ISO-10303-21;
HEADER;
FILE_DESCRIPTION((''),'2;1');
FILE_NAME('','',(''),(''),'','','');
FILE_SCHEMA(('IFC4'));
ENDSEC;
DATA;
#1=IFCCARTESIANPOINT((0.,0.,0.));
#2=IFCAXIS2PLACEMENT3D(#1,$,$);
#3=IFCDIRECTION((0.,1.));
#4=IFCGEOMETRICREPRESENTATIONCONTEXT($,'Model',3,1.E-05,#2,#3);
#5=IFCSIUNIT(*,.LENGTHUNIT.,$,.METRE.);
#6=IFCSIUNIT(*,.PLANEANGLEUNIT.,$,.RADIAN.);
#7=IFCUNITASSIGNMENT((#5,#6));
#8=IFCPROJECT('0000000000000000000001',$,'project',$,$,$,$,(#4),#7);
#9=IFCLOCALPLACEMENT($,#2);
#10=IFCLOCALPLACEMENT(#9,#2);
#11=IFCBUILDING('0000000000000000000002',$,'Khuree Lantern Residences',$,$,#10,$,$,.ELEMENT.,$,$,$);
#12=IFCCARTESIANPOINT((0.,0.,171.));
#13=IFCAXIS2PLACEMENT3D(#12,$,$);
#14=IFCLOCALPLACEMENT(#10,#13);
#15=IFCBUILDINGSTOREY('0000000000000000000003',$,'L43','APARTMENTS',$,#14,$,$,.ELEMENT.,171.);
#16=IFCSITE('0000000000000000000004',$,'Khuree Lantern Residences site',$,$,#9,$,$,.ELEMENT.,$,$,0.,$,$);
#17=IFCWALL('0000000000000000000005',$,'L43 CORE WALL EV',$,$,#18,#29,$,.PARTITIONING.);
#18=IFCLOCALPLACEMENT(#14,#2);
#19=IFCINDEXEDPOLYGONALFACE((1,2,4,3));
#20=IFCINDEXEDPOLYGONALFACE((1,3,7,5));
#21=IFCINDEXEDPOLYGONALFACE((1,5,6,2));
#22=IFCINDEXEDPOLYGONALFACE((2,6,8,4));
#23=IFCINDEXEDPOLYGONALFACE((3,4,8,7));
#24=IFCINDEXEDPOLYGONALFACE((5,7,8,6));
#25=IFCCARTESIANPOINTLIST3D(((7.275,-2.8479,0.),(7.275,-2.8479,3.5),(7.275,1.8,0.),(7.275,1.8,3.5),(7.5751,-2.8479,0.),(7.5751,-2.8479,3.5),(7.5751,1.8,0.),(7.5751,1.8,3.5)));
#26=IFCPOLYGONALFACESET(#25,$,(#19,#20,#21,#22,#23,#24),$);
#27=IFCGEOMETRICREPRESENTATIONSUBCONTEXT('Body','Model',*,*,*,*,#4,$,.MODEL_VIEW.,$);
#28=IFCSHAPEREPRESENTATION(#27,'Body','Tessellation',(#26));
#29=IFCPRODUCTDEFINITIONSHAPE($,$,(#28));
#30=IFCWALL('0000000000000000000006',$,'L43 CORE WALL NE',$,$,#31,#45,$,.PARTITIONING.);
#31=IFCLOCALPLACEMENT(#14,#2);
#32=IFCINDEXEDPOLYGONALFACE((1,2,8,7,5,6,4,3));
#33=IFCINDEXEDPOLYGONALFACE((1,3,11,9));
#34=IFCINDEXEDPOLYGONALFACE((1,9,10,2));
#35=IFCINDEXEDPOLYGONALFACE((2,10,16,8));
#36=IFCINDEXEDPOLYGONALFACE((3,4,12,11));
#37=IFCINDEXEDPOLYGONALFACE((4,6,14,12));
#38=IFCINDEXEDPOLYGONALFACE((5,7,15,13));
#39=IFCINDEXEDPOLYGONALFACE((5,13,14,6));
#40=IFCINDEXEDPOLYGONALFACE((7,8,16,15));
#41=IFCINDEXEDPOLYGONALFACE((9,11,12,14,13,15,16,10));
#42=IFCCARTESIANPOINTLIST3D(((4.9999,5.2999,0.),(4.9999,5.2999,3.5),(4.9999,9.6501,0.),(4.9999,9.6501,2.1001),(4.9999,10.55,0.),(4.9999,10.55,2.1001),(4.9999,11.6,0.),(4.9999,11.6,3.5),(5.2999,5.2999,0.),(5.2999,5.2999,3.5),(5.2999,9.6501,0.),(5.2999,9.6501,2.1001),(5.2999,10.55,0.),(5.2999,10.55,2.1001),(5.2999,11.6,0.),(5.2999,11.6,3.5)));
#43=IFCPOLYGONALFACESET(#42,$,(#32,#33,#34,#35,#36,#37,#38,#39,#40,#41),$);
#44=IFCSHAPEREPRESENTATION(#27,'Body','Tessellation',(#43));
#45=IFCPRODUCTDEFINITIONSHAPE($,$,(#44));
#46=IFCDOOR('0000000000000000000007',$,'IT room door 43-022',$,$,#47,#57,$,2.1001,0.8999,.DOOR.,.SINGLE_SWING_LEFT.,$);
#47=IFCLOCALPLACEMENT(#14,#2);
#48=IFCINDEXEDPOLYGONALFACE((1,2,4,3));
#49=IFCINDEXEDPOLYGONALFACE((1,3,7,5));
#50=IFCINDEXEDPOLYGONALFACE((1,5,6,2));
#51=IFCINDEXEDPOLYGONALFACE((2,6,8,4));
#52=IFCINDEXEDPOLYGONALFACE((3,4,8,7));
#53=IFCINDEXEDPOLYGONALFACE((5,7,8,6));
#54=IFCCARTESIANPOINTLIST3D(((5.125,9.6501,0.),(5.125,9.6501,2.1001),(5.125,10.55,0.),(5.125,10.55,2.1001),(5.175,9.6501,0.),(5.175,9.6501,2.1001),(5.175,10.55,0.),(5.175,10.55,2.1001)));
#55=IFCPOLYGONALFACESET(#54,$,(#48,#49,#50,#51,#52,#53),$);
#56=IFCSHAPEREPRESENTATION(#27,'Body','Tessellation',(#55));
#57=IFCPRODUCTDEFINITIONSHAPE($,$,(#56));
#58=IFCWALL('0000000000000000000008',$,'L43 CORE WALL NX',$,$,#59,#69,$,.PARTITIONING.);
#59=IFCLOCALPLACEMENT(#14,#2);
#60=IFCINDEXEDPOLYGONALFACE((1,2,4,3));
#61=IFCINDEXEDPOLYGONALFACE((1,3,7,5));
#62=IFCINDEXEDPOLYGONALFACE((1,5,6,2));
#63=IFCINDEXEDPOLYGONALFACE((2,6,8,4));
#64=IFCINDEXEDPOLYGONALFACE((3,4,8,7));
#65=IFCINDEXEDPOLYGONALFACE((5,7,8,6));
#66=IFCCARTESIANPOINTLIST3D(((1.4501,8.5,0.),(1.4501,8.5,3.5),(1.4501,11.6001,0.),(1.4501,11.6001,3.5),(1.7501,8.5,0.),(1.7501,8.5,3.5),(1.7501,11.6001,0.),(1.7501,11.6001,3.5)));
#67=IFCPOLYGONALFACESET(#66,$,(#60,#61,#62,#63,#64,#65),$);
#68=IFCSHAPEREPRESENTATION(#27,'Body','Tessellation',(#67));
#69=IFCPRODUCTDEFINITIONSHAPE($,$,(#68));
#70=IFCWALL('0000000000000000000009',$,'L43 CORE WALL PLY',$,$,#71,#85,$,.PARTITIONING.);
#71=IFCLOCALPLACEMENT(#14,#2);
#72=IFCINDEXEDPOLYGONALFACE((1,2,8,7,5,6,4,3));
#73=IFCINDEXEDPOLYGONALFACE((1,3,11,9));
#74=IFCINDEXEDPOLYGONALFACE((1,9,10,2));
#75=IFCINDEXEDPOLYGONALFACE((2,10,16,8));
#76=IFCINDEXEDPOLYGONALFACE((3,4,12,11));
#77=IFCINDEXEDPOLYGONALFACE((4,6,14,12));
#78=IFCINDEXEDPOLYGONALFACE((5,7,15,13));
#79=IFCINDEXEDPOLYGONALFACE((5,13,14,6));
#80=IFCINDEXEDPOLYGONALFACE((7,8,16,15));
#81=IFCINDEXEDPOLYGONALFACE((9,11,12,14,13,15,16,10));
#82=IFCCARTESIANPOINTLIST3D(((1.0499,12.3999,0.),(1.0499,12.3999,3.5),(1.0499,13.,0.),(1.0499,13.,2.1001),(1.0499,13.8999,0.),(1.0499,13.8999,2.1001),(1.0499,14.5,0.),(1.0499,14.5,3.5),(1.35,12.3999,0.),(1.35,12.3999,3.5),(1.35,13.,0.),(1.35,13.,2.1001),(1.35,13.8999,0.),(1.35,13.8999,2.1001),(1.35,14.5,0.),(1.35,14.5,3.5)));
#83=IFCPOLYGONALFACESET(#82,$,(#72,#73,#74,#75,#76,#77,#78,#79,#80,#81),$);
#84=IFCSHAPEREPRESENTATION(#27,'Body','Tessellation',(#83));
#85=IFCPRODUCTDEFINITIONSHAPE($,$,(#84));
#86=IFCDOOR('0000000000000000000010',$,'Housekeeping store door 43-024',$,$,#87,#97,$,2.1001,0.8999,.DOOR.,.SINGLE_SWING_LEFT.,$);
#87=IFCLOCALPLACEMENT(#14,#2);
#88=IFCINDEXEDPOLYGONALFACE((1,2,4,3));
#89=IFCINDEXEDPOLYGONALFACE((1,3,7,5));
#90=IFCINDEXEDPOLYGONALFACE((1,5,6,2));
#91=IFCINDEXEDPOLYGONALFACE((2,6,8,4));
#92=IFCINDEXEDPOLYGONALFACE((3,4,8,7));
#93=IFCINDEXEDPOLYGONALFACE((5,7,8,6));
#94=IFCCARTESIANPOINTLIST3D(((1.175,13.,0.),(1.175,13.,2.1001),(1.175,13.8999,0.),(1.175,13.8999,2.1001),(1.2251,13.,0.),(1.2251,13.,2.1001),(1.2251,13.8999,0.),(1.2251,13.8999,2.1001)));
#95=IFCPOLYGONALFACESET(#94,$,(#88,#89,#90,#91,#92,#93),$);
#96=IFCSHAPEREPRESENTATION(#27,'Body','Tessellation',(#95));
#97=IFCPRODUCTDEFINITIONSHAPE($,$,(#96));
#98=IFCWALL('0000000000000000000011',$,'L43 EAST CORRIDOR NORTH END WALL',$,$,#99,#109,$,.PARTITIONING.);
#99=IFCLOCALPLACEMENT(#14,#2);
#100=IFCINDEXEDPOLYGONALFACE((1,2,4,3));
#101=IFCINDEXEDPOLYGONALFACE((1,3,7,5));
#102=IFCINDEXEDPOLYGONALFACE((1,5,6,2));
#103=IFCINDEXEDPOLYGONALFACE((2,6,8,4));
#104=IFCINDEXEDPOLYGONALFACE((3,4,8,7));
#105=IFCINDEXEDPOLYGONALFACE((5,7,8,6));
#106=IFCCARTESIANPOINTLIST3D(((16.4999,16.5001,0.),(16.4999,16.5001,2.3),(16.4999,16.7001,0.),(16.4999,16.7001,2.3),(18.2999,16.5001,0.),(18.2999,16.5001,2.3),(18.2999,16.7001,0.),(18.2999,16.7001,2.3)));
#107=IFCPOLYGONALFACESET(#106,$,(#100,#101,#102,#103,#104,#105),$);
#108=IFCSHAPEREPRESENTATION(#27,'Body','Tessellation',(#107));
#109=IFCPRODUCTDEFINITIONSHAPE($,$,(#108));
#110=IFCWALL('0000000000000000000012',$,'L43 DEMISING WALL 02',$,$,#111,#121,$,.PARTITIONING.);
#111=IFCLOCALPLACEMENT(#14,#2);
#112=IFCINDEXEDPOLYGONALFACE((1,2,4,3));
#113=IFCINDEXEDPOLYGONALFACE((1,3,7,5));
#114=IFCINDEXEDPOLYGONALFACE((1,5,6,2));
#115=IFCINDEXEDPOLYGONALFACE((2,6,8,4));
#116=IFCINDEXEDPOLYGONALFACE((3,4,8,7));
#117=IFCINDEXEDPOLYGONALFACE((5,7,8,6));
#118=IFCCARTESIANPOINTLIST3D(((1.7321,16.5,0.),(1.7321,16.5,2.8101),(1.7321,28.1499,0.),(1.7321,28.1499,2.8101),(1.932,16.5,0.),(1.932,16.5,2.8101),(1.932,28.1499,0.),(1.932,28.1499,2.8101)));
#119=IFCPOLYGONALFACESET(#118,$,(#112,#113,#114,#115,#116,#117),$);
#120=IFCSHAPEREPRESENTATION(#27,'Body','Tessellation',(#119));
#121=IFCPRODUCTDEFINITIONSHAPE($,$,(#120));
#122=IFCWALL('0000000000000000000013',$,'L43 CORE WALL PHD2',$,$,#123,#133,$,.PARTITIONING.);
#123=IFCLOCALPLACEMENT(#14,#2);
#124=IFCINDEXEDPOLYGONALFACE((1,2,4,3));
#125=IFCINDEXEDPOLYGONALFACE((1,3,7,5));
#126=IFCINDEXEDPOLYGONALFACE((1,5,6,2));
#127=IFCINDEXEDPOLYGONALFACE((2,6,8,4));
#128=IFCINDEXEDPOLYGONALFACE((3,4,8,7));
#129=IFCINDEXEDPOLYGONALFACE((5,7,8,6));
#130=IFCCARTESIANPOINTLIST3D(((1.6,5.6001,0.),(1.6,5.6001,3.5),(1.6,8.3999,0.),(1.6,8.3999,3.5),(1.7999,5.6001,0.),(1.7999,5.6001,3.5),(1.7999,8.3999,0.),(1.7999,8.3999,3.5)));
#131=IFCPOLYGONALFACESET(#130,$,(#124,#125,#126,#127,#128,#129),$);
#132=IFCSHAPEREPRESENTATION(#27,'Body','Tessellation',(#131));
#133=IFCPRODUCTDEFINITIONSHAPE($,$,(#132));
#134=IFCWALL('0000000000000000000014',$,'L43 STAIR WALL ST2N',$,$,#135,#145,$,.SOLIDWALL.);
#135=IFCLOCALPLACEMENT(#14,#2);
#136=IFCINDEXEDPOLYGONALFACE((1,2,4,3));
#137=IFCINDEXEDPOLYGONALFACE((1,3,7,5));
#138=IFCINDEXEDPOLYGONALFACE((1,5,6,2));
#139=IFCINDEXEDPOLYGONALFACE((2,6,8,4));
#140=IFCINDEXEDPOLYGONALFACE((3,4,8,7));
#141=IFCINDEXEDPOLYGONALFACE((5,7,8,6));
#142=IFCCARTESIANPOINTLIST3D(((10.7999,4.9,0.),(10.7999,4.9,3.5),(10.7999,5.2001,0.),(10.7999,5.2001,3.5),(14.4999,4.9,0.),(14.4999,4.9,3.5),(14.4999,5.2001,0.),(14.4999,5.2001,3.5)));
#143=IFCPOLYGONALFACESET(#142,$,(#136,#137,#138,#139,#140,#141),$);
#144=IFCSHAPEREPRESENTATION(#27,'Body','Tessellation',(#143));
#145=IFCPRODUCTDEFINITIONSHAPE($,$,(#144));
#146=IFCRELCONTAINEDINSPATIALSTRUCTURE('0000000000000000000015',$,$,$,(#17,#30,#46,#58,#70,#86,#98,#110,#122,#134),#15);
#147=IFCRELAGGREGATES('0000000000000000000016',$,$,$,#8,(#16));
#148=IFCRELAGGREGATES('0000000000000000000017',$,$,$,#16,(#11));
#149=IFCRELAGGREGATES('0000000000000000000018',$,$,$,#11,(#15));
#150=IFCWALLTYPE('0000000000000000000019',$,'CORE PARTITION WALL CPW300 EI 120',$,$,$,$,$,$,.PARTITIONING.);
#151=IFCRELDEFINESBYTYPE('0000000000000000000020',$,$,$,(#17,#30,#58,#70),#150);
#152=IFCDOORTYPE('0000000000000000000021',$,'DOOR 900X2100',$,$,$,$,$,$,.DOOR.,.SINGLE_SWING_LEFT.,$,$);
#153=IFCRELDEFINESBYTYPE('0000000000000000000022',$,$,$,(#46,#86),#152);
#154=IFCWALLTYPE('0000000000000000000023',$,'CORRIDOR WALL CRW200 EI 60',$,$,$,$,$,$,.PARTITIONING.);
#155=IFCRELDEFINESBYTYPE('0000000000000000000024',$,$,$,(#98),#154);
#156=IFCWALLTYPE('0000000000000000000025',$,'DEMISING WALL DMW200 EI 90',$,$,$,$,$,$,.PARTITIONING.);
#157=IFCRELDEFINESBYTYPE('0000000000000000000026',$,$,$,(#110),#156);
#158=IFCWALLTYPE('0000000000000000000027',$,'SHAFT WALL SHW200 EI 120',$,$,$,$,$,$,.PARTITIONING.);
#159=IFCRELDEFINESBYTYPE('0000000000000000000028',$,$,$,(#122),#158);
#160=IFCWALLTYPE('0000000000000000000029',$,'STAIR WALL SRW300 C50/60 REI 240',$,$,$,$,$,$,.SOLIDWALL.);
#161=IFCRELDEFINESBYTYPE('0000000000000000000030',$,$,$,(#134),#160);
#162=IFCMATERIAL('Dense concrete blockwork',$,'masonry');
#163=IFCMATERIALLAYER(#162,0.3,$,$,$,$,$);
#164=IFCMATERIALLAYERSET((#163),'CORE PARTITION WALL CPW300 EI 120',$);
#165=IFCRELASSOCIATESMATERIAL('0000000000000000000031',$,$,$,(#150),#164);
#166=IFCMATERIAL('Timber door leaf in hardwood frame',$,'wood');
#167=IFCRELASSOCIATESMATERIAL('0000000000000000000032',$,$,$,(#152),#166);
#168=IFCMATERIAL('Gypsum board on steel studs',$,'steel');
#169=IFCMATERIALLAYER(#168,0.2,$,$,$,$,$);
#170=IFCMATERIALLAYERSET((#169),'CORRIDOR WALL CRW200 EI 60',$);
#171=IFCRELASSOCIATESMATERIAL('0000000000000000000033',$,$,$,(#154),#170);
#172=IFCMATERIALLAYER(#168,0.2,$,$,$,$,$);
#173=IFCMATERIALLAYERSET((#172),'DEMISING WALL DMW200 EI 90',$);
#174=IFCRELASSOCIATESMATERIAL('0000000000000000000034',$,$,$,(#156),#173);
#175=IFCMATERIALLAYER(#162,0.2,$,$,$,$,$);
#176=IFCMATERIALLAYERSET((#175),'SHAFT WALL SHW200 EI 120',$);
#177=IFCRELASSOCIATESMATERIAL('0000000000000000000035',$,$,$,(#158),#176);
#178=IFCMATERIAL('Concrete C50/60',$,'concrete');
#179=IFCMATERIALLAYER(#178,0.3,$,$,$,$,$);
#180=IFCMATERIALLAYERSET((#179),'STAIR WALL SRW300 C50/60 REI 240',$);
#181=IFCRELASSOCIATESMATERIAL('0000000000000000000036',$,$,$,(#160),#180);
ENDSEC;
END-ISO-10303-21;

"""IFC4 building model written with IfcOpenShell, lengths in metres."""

from ifc_helpers import new_model, si_unit, direction, frame, frame_2d, origin, place, context, subcontext, project, spatial, rectangle, extrude, material, layer, layer_set, type_object, element, fill, save


model = new_model("IFC4")

# Units and contexts
model_context = context("Model", 3, precision=1e-05, world=origin(), true_north=direction((0.0, 1.0)))
body_context = subcontext(model_context, "Body", "Model", "MODEL_VIEW")
ifc_project = project(units=[si_unit("LENGTHUNIT", "METRE"), si_unit("PLANEANGLEUNIT", "RADIAN")], contexts=[model_context])

# Site, building, storey
site_placement = place(None, origin())
site = spatial("IfcSite", under=ifc_project, at=site_placement, Name="Khuree Lantern Residences site", CompositionType="ELEMENT", RefElevation=0.0)
building_placement = place(site_placement, origin())
building = spatial("IfcBuilding", under=site, at=building_placement, Name="Khuree Lantern Residences", CompositionType="ELEMENT")
storey_placement = place(building_placement, frame((0.0, 0.0, 171.0)))
storey = spatial("IfcBuildingStorey", under=building, at=storey_placement, Name="L43", Description="APARTMENTS", CompositionType="ELEMENT", Elevation=171.0)

# Wall
ifc_material_1 = material(Name="Dense concrete blockwork", Category="masonry")
ifc_layer_1 = layer(ifc_material_1, 0.3)
ifc_layer_set_1 = layer_set([ifc_layer_1], Name="CORE PARTITION WALL CPW300 EI 120")
wall_type_1 = type_object("IfcWallType", Name="CORE PARTITION WALL CPW300 EI 120", PredefinedType="PARTITIONING", material=ifc_layer_set_1)
wall_1_placement = place(storey_placement, frame((7.425, -2.8479, 0.0), z_axis=(0.0, 0.0, 1.0), x_axis=(0.0, 1.0, 0.0)))
element("IfcWall", 1, at=wall_1_placement, inside=storey, type_object=wall_type_1, Name="L43 CORE WALL EV", PredefinedType="PARTITIONING", context=body_context, shape_type="SweptSolid", body=[
    extrude(rectangle(XDim=4.6479, YDim=0.3, at=frame_2d((2.324, 0.0))), origin(), (0.0, 0.0, 1.0), 3.5),
])

# Wall, opening, door
wall_2_placement = place(storey_placement, frame((5.1499, 5.3, 0.0), z_axis=(0.0, 0.0, 1.0), x_axis=(0.0, 1.0, 0.0)))
wall_2 = element("IfcWall", 2, at=wall_2_placement, inside=storey, type_object=wall_type_1, Name="L43 CORE WALL NE", PredefinedType="PARTITIONING", context=body_context, shape_type="SweptSolid", body=[
    extrude(rectangle(XDim=6.3, YDim=0.3, at=frame_2d((3.1499, 0.0))), origin(), (0.0, 0.0, 1.0), 3.5),
])
opening_1_placement = place(wall_2_placement, frame((4.3501, 0.0, 0.0)))
opening_1 = element("IfcOpeningElement", 3, at=opening_1_placement, cuts=wall_2, PredefinedType="OPENING", context=body_context, shape_type="SweptSolid", body=[
    extrude(rectangle(XDim=0.8999, YDim=2.1001, at=frame_2d((0.45, 1.05))), frame((0.0, 0.1602, 0.0), z_axis=(0.0, -1.0, 0.0), x_axis=(1.0, 0.0, 0.0)), (0.0, 0.0, 1.0), 0.3201),
])
ifc_material_2 = material(Name="Timber door leaf in hardwood frame", Category="wood")
door_type = type_object("IfcDoorType", Name="DOOR 900X2100", OperationType="SINGLE_SWING_LEFT", PredefinedType="DOOR", material=ifc_material_2)
door_1_placement = place(opening_1_placement, origin())
door_1 = element("IfcDoor", 4, at=door_1_placement, inside=storey, type_object=door_type, Name="IT room door 43-022", OperationType="SINGLE_SWING_LEFT", OverallHeight=2.1001, OverallWidth=0.8999, PredefinedType="DOOR", context=body_context, shape_type="SweptSolid", body=[
    extrude(rectangle(XDim=0.8999, YDim=2.1001, at=frame_2d((0.45, 1.05))), frame((0.0, 0.0249, 0.0), z_axis=(0.0, -1.0, 0.0), x_axis=(1.0, 0.0, 0.0)), (0.0, 0.0, 1.0), 0.05),
])
fill(opening_1, door_1)

# Wall
wall_3_placement = place(storey_placement, frame((1.6001, 8.5, 0.0), z_axis=(0.0, 0.0, 1.0), x_axis=(0.0, 1.0, 0.0)))
element("IfcWall", 5, at=wall_3_placement, inside=storey, type_object=wall_type_1, Name="L43 CORE WALL NX", PredefinedType="PARTITIONING", context=body_context, shape_type="SweptSolid", body=[
    extrude(rectangle(XDim=3.1001, YDim=0.3, at=frame_2d((1.55, 0.0))), origin(), (0.0, 0.0, 1.0), 3.5),
])

# Wall, opening, door
wall_4_placement = place(storey_placement, frame((1.2, 12.3999, 0.0), z_axis=(0.0, 0.0, 1.0), x_axis=(0.0, 1.0, 0.0)))
wall_4 = element("IfcWall", 6, at=wall_4_placement, inside=storey, type_object=wall_type_1, Name="L43 CORE WALL PLY", PredefinedType="PARTITIONING", context=body_context, shape_type="SweptSolid", body=[
    extrude(rectangle(XDim=2.1001, YDim=0.3, at=frame_2d((1.05, 0.0))), origin(), (0.0, 0.0, 1.0), 3.5),
])
opening_2_placement = place(wall_4_placement, frame((0.6001, 0.0, 0.0)))
opening_2 = element("IfcOpeningElement", 7, at=opening_2_placement, cuts=wall_4, PredefinedType="OPENING", context=body_context, shape_type="SweptSolid", body=[
    extrude(rectangle(XDim=0.8999, YDim=2.1001, at=frame_2d((0.45, 1.05))), frame((0.0, 0.1602, 0.0), z_axis=(0.0, -1.0, 0.0), x_axis=(1.0, 0.0, 0.0)), (0.0, 0.0, 1.0), 0.3201),
])
door_2_placement = place(opening_2_placement, origin())
door_2 = element("IfcDoor", 8, at=door_2_placement, inside=storey, type_object=door_type, Name="Housekeeping store door 43-024", OperationType="SINGLE_SWING_LEFT", OverallHeight=2.1001, OverallWidth=0.8999, PredefinedType="DOOR", context=body_context, shape_type="SweptSolid", body=[
    extrude(rectangle(XDim=0.8999, YDim=2.1001, at=frame_2d((0.45, 1.05))), frame((0.0, 0.0249, 0.0), z_axis=(0.0, -1.0, 0.0), x_axis=(1.0, 0.0, 0.0)), (0.0, 0.0, 1.0), 0.05),
])
fill(opening_2, door_2)

# Walls
ifc_material_3 = material(Name="Gypsum board on steel studs", Category="steel")
ifc_layer_2 = layer(ifc_material_3, 0.2)
ifc_layer_set_2 = layer_set([ifc_layer_2], Name="CORRIDOR WALL CRW200 EI 60")
wall_type_2 = type_object("IfcWallType", Name="CORRIDOR WALL CRW200 EI 60", PredefinedType="PARTITIONING", material=ifc_layer_set_2)
wall_5_placement = place(storey_placement, frame((16.5, 16.6001, 0.0), z_axis=(0.0, 0.0, 1.0), x_axis=(1.0, 0.0, 0.0)))
element("IfcWall", 9, at=wall_5_placement, inside=storey, type_object=wall_type_2, Name="L43 EAST CORRIDOR NORTH END WALL", PredefinedType="PARTITIONING", context=body_context, shape_type="SweptSolid", body=[
    extrude(rectangle(XDim=1.8, YDim=0.2, at=frame_2d((0.8999, 0.0))), origin(), (0.0, 0.0, 1.0), 2.3),
])
ifc_layer_3 = layer(ifc_material_3, 0.2)
ifc_layer_set_3 = layer_set([ifc_layer_3], Name="DEMISING WALL DMW200 EI 90")
wall_type_3 = type_object("IfcWallType", Name="DEMISING WALL DMW200 EI 90", PredefinedType="PARTITIONING", material=ifc_layer_set_3)
wall_6_placement = place(storey_placement, frame((1.832, 16.5, 0.0), z_axis=(0.0, 0.0, 1.0), x_axis=(0.0, 1.0, 0.0)))
element("IfcWall", 10, at=wall_6_placement, inside=storey, type_object=wall_type_3, Name="L43 DEMISING WALL 02", PredefinedType="PARTITIONING", context=body_context, shape_type="SweptSolid", body=[
    extrude(rectangle(XDim=11.6499, YDim=0.2, at=frame_2d((5.825, 0.0))), origin(), (0.0, 0.0, 1.0), 2.8101),
])
ifc_layer_4 = layer(ifc_material_1, 0.2)
ifc_layer_set_4 = layer_set([ifc_layer_4], Name="SHAFT WALL SHW200 EI 120")
wall_type_4 = type_object("IfcWallType", Name="SHAFT WALL SHW200 EI 120", PredefinedType="PARTITIONING", material=ifc_layer_set_4)
wall_7_placement = place(storey_placement, frame((1.7, 5.6001, 0.0), z_axis=(0.0, 0.0, 1.0), x_axis=(0.0, 1.0, 0.0)))
element("IfcWall", 11, at=wall_7_placement, inside=storey, type_object=wall_type_4, Name="L43 CORE WALL PHD2", PredefinedType="PARTITIONING", context=body_context, shape_type="SweptSolid", body=[
    extrude(rectangle(XDim=2.7998, YDim=0.2, at=frame_2d((1.3999, 0.0))), origin(), (0.0, 0.0, 1.0), 3.5),
])
ifc_material_4 = material(Name="Concrete C50/60", Category="concrete")
ifc_layer_5 = layer(ifc_material_4, 0.3)
ifc_layer_set_5 = layer_set([ifc_layer_5], Name="STAIR WALL SRW300 C50/60 REI 240")
wall_type_5 = type_object("IfcWallType", Name="STAIR WALL SRW300 C50/60 REI 240", PredefinedType="SOLIDWALL", material=ifc_layer_set_5)
wall_8_placement = place(storey_placement, frame((14.5, 5.05, 0.0), z_axis=(0.0, 0.0, 1.0), x_axis=(-1.0, 0.0, 0.0)))
element("IfcWall", 12, at=wall_8_placement, inside=storey, type_object=wall_type_5, Name="L43 STAIR WALL ST2N", PredefinedType="SOLIDWALL", context=body_context, shape_type="SweptSolid", body=[
    extrude(rectangle(XDim=3.7, YDim=0.3, at=frame_2d((1.8501, 0.0))), origin(), (0.0, 0.0, 1.0), 3.5),
])

save(model, "model.ifc")
